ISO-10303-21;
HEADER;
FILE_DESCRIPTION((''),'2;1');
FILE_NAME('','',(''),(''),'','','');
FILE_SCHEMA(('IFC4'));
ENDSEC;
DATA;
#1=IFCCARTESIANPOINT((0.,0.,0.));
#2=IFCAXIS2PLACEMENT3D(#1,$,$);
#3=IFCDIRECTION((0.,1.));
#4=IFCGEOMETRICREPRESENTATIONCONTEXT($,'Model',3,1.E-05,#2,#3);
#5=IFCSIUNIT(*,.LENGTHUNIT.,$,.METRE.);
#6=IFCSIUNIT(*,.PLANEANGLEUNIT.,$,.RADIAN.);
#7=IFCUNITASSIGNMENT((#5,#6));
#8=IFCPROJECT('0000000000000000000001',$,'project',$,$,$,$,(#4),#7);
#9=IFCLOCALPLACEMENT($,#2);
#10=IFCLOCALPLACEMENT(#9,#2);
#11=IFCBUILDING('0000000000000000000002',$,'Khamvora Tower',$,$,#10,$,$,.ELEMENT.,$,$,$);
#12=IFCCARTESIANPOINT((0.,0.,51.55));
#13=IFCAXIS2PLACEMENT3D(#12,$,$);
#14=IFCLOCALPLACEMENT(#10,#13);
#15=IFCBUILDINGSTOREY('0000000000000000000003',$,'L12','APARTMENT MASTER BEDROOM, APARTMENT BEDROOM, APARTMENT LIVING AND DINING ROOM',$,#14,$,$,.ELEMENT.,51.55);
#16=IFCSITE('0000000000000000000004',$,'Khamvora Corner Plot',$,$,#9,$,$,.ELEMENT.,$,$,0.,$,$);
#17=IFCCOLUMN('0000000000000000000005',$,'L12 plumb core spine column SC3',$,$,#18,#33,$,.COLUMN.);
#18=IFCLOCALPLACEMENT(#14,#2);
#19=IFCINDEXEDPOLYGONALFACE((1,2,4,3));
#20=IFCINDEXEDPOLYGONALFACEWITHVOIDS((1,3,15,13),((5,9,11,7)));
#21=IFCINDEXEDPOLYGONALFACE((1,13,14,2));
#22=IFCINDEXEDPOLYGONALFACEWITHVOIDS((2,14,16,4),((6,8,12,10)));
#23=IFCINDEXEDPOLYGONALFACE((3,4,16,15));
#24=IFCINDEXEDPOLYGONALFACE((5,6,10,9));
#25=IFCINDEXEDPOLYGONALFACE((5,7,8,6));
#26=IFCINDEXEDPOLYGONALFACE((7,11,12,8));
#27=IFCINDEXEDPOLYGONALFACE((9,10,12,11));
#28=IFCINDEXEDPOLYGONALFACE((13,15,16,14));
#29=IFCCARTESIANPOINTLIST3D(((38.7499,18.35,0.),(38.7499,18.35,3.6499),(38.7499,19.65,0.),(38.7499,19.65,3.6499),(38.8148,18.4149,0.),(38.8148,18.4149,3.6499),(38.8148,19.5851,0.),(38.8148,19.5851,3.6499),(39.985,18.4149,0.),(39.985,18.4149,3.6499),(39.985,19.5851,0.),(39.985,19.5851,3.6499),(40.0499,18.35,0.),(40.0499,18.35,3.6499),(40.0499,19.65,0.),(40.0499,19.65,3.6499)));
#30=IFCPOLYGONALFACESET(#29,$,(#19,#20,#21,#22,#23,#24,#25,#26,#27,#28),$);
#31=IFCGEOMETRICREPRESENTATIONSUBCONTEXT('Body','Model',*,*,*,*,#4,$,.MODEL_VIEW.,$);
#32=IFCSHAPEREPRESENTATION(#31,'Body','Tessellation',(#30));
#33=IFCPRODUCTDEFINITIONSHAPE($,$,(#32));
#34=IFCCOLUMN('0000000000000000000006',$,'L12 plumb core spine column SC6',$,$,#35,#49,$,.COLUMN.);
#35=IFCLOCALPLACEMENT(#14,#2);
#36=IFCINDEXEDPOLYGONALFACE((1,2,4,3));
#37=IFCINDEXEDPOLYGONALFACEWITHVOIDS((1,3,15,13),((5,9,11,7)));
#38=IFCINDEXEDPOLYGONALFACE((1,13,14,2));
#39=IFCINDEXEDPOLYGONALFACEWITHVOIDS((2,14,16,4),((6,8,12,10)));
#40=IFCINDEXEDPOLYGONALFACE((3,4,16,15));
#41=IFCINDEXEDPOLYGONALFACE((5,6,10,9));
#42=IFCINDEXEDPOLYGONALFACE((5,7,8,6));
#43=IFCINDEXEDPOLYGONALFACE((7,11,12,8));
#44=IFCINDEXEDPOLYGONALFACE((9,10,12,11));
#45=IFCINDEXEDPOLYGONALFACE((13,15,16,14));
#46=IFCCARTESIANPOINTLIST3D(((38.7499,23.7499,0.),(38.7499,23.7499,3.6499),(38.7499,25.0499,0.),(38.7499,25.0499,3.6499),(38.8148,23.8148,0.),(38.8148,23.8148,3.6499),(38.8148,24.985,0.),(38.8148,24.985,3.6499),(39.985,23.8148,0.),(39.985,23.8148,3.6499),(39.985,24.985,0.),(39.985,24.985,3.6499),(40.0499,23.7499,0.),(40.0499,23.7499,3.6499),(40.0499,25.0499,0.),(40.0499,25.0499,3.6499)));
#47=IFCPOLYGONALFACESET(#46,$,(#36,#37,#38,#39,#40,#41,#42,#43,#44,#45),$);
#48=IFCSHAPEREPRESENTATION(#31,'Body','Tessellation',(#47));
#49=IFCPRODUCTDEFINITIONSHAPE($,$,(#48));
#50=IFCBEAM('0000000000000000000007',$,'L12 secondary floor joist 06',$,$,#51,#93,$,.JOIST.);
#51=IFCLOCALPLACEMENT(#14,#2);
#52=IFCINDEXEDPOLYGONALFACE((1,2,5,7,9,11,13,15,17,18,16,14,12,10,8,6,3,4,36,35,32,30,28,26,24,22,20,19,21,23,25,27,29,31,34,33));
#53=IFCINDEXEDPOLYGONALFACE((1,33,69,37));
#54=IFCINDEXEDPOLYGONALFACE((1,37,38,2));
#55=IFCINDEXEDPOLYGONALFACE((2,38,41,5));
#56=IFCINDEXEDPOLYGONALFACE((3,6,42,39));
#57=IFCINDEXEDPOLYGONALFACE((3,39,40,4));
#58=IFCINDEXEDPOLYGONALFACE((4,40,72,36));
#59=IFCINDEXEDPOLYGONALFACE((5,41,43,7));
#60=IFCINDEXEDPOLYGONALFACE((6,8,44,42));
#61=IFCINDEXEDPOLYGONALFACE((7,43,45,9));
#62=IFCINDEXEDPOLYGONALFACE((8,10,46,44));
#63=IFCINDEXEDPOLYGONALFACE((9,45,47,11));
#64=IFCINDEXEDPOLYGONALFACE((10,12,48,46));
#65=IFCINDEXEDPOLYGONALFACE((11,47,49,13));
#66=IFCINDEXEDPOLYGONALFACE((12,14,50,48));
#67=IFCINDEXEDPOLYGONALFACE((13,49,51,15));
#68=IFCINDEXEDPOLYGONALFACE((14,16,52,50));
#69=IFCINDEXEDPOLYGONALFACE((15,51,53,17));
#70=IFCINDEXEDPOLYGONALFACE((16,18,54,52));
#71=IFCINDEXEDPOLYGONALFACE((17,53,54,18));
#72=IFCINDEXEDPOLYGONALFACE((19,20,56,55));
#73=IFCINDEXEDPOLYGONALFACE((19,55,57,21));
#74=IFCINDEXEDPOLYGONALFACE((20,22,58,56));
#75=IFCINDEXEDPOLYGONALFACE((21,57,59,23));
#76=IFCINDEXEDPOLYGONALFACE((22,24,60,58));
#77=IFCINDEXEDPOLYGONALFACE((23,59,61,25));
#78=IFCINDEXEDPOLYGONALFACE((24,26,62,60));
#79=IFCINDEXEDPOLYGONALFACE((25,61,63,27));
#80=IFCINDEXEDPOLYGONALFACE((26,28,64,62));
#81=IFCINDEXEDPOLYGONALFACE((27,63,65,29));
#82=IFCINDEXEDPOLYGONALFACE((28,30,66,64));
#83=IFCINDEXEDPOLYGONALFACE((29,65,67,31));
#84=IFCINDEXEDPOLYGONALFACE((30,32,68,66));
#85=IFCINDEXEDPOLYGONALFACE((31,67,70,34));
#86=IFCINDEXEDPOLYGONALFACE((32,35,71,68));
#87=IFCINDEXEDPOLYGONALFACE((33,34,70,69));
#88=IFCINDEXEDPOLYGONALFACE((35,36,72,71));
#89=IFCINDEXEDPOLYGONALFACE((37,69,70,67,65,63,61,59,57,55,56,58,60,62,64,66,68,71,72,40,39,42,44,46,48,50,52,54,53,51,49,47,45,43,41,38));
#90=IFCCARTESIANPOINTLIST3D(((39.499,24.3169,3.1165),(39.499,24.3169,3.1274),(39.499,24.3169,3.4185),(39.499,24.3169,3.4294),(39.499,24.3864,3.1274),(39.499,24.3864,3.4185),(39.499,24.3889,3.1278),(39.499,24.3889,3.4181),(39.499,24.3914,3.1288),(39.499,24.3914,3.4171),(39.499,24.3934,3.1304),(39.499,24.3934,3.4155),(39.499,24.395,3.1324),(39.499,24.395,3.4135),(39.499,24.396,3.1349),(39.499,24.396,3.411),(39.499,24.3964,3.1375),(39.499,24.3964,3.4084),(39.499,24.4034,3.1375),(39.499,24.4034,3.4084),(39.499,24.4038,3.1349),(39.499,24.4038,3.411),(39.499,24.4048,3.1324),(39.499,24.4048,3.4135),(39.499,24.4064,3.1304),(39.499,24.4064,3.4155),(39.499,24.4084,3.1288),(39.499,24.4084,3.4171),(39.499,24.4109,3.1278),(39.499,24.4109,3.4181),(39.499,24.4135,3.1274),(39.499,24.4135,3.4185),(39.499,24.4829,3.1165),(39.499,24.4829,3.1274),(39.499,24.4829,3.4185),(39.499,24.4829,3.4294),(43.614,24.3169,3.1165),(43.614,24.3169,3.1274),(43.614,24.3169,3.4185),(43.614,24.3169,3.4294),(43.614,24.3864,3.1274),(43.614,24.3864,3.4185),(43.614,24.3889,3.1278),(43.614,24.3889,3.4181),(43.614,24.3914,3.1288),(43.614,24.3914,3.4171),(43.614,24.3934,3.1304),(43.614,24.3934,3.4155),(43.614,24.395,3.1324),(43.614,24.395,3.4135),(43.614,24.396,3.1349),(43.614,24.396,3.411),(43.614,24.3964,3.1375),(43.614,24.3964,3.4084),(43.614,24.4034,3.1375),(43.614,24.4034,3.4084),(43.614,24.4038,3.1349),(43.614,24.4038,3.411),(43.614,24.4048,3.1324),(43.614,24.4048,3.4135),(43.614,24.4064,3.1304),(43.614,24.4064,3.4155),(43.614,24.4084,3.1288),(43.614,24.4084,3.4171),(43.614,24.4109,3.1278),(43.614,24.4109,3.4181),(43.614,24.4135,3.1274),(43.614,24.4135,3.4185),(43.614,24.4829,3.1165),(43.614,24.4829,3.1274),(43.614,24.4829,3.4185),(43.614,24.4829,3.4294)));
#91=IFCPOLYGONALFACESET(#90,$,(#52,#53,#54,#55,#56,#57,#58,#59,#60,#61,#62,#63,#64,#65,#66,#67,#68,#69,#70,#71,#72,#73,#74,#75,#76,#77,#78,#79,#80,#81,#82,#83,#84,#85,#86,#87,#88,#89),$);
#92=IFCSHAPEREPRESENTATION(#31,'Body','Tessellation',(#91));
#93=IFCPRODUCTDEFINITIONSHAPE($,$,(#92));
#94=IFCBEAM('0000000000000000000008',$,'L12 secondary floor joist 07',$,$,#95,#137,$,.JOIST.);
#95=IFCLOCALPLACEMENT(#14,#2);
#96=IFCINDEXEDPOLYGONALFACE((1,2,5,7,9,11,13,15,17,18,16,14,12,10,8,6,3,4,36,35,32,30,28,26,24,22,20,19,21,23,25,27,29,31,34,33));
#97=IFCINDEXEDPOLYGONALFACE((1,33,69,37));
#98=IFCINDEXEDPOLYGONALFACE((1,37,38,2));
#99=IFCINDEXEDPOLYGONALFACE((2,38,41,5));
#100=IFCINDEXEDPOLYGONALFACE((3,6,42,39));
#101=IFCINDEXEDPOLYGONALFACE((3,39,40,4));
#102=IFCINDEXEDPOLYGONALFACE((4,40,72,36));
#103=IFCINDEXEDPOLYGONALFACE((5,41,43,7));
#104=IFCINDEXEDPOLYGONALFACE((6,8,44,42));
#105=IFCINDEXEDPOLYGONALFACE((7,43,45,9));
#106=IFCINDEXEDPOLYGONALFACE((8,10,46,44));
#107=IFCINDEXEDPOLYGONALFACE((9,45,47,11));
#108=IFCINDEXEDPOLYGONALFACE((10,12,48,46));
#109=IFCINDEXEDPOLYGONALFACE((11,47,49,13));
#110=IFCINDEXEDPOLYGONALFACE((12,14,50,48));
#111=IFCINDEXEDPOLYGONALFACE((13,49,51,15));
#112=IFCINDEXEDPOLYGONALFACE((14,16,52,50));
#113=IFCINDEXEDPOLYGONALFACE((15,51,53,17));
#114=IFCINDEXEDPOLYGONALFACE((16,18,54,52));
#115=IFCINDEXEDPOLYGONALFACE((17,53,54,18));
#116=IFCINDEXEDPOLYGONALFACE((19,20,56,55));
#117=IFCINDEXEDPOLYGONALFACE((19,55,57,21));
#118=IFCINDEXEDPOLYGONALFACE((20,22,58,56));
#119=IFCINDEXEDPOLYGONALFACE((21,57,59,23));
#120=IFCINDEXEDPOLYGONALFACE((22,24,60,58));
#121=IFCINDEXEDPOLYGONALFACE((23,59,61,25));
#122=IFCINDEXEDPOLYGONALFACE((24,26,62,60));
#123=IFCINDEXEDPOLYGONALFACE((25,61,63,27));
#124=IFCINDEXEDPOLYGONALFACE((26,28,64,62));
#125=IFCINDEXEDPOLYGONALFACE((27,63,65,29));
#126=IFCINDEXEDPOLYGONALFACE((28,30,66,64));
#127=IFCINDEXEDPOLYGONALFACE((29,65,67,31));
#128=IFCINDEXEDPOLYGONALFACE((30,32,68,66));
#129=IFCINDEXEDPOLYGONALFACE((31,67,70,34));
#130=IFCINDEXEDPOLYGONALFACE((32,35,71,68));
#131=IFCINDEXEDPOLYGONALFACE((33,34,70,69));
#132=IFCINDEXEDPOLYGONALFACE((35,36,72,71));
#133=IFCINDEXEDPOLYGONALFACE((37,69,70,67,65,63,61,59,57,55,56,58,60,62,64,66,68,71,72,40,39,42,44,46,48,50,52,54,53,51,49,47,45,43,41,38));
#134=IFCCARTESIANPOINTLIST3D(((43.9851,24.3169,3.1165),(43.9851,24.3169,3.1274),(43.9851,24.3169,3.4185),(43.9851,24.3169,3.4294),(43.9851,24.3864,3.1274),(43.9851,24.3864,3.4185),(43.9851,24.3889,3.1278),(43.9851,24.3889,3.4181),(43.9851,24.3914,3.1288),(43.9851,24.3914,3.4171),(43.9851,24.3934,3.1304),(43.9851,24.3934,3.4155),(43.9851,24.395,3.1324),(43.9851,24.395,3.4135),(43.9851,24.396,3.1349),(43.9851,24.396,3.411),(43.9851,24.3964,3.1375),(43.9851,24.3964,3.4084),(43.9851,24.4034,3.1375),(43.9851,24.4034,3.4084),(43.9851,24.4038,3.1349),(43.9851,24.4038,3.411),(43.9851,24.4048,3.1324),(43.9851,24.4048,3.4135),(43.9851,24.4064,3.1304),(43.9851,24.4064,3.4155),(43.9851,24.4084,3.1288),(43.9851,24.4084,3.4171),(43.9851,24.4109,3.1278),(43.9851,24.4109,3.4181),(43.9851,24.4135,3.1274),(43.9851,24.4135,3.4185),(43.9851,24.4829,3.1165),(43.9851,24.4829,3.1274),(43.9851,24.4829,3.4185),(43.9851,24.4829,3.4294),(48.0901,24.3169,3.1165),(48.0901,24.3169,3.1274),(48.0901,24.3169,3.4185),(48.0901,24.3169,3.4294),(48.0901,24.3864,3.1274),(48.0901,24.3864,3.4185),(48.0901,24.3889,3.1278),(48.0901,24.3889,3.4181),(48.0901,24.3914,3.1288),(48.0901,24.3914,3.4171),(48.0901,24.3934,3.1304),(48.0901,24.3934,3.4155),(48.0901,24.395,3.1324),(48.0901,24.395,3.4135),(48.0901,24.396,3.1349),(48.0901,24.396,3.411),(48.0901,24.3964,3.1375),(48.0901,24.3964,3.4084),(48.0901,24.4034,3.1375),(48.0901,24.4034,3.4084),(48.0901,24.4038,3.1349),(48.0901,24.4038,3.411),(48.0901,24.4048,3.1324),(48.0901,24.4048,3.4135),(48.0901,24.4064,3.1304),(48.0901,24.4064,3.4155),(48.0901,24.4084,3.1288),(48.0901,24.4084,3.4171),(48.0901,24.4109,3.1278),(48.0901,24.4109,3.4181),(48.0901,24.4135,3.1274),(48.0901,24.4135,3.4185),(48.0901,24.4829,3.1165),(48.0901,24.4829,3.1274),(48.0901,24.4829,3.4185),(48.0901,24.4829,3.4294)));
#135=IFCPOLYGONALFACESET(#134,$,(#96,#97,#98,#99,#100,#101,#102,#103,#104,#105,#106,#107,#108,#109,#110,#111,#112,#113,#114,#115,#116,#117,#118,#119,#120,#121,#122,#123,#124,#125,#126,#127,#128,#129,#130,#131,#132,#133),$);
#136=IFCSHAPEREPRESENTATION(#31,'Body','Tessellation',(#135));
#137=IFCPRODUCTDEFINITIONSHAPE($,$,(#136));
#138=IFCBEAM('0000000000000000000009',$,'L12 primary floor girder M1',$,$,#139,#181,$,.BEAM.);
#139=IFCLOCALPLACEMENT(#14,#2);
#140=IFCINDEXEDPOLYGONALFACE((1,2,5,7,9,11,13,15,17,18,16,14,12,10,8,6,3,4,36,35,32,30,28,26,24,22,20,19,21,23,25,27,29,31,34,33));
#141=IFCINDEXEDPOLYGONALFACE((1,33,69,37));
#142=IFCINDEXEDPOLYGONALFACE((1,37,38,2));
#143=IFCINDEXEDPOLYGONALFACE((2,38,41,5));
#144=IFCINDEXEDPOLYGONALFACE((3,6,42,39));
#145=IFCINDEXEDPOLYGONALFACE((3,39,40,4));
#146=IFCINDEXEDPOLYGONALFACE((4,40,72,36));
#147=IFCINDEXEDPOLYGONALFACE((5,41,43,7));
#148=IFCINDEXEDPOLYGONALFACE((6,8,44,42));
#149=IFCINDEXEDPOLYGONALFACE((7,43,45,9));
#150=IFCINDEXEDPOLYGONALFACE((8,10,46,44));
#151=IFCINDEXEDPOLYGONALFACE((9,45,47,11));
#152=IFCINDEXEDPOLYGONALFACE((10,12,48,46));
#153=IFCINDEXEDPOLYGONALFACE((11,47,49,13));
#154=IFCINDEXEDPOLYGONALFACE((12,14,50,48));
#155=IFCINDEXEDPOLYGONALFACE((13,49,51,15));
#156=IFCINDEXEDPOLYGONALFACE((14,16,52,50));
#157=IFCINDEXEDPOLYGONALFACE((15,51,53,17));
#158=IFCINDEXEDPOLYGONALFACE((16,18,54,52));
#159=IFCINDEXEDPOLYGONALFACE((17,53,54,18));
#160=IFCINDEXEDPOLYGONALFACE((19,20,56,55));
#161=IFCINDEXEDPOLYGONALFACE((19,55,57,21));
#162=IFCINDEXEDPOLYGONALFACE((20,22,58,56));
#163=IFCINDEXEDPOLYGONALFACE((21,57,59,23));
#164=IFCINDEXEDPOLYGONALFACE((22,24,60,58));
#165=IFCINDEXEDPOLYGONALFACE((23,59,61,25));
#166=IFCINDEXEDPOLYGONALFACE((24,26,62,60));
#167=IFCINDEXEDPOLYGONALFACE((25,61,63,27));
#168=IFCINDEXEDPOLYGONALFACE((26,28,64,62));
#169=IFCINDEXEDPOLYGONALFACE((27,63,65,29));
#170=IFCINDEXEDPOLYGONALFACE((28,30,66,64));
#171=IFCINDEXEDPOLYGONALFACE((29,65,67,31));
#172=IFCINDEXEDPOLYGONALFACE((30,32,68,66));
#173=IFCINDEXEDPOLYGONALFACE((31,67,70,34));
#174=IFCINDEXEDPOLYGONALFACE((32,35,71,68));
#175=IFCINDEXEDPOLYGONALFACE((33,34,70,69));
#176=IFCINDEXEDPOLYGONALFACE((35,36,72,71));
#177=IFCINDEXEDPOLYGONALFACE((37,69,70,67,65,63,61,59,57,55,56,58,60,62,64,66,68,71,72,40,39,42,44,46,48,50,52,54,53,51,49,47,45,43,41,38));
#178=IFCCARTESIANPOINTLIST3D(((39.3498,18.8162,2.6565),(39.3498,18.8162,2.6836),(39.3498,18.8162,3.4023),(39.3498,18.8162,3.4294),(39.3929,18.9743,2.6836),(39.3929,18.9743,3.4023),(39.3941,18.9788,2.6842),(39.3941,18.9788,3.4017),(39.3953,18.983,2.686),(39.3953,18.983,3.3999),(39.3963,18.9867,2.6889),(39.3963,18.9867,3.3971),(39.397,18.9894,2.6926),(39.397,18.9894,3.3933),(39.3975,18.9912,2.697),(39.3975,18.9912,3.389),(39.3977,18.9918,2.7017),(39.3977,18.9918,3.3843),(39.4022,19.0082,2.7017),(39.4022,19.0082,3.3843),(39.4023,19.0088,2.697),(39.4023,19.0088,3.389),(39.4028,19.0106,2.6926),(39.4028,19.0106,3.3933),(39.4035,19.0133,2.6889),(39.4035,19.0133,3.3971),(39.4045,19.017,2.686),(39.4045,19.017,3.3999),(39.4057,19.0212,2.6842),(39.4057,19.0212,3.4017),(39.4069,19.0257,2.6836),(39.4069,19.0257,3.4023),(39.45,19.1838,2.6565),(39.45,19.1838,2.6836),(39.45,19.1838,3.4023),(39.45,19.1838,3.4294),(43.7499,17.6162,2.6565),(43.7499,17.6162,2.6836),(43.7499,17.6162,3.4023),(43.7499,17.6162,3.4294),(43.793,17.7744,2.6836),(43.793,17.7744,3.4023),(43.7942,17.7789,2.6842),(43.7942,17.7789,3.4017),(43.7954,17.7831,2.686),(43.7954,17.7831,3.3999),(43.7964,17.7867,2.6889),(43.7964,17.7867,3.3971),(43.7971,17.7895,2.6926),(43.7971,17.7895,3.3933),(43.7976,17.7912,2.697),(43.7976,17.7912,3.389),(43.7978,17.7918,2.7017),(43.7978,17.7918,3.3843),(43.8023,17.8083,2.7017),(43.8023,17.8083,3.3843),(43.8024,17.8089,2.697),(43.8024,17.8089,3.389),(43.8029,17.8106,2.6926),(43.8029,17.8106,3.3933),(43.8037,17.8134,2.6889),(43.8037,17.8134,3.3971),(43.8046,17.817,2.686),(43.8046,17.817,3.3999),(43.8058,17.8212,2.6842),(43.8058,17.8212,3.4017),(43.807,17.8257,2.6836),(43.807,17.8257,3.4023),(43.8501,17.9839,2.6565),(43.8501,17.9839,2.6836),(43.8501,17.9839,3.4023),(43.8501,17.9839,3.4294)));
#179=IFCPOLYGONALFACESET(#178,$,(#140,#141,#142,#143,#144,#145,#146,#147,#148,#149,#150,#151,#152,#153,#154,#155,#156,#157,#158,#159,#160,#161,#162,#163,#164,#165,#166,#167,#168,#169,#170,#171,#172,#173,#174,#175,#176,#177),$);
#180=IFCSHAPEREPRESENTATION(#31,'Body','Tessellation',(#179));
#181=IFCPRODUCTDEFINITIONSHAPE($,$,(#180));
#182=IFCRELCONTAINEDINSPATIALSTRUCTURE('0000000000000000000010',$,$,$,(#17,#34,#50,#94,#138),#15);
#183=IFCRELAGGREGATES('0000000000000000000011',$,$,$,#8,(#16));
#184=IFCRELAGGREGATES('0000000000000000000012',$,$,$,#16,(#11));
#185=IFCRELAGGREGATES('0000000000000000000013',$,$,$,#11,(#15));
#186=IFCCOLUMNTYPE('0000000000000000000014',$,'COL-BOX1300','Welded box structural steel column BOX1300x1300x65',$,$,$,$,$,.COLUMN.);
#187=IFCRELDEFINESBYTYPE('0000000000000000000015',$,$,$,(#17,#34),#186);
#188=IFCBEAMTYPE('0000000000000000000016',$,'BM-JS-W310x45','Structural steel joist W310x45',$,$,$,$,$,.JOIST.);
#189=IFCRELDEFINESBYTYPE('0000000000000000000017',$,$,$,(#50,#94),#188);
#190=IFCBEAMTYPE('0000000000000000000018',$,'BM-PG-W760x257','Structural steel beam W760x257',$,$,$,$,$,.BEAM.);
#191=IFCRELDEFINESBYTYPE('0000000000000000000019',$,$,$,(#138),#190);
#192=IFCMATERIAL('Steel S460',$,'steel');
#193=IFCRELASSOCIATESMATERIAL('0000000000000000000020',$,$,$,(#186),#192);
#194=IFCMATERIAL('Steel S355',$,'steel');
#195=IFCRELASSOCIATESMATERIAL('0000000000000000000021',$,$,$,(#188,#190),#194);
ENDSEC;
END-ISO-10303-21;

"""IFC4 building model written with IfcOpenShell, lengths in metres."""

from ifc_helpers import new_model, si_unit, direction, frame, origin, origin_2d, place, context, subcontext, project, spatial, hollow_rectangle, i_section, extrude, material, material_profile, profile_set, type_object, element, save


model = new_model("IFC4")

# Units and contexts
model_context = context("Model", 3, precision=1e-05, world=origin(), true_north=direction((0.0, 1.0)))
body_context = subcontext(model_context, "Body", "Model", "MODEL_VIEW")
ifc_project = project(units=[si_unit("LENGTHUNIT", "METRE"), si_unit("PLANEANGLEUNIT", "RADIAN")], contexts=[model_context])

# Site, building, storey
site_placement = place(None, origin())
site = spatial("IfcSite", under=ifc_project, at=site_placement, Name="Khamvora Corner Plot", CompositionType="ELEMENT", RefElevation=0.0)
building_placement = place(site_placement, origin())
building = spatial("IfcBuilding", under=site, at=building_placement, Name="Khamvora Tower", CompositionType="ELEMENT")
storey_placement = place(building_placement, frame((0.0, 0.0, 51.55)))
storey = spatial("IfcBuildingStorey", under=building, at=storey_placement, Name="L12", Description="APARTMENT MASTER BEDROOM, APARTMENT BEDROOM, APARTMENT LIVING AND DINING ROOM", CompositionType="ELEMENT", Elevation=51.55)

# Columns
ifc_material_1 = material(Name="Steel S460", Category="steel")
ifc_material_profile_1 = material_profile(ifc_material_1, hollow_rectangle(XDim=1.3, YDim=1.3, WallThickness=0.0649, at=origin_2d()), Name="BOX1300x1300x65")
ifc_profile_set_1 = profile_set([ifc_material_profile_1], Name="Steel S460")
column_type = type_object("IfcColumnType", Name="COL-BOX1300", Description="Welded box structural steel column BOX1300x1300x65", PredefinedType="COLUMN", material=ifc_profile_set_1)
for number, where, z_axis, x_axis, name in (
    (1, (39.3999, 19.0, 0.0), (0.0, 0.0, 1.0), (1.0, 0.0, 0.0), "L12 plumb core spine column SC3"),
    (2, (39.3999, 24.3999, 0.0), (0.0, 0.0, 1.0), (1.0, 0.0, 0.0), "L12 plumb core spine column SC6"),
):
    element("IfcColumn", number, at=place(storey_placement, frame(where, z_axis=z_axis, x_axis=x_axis)), inside=storey, type_object=column_type, Name=name, PredefinedType="COLUMN", context=body_context, shape_type="SweptSolid", body=[
        extrude(hollow_rectangle(XDim=1.3, YDim=1.3, WallThickness=0.0649, at=origin_2d()), origin(), (0.0, 0.0, 1.0), 3.6499),
    ])

# Beams
ifc_material_2 = material(Name="Steel S355", Category="steel")
ifc_material_profile_2 = material_profile(ifc_material_2, i_section(OverallWidth=0.166, OverallDepth=0.313, WebThickness=0.0071, FlangeThickness=0.011, FilletRadius=0.01, at=origin_2d()), Name="W310x45")
ifc_profile_set_2 = profile_set([ifc_material_profile_2], Name="Steel S355")
beam_type_1 = type_object("IfcBeamType", Name="BM-JS-W310x45", Description="Structural steel joist W310x45", PredefinedType="JOIST", material=ifc_profile_set_2)
beam_1_placement = place(storey_placement, frame((39.499, 24.3999, 3.2729), z_axis=(1.0, 0.0, 0.0), x_axis=(0.0, 1.0, 0.0)))
element("IfcBeam", 3, at=beam_1_placement, inside=storey, type_object=beam_type_1, Name="L12 secondary floor joist 06", PredefinedType="JOIST", context=body_context, shape_type="SweptSolid", body=[
    extrude(i_section(OverallWidth=0.166, OverallDepth=0.313, WebThickness=0.0071, FlangeThickness=0.011, FilletRadius=0.01, at=origin_2d()), origin(), (0.0, 0.0, 1.0), 4.115),
])
beam_2_placement = place(storey_placement, frame((43.9851, 24.3999, 3.2729), z_axis=(1.0, 0.0, 0.0), x_axis=(0.0, 1.0, 0.0)))
element("IfcBeam", 4, at=beam_2_placement, inside=storey, type_object=beam_type_1, Name="L12 secondary floor joist 07", PredefinedType="JOIST", context=body_context, shape_type="SweptSolid", body=[
    extrude(i_section(OverallWidth=0.166, OverallDepth=0.313, WebThickness=0.0071, FlangeThickness=0.011, FilletRadius=0.01, at=origin_2d()), origin(), (0.0, 0.0, 1.0), 4.105),
])
ifc_material_profile_3 = material_profile(ifc_material_2, i_section(OverallWidth=0.3811, OverallDepth=0.7729, WebThickness=0.0171, FlangeThickness=0.0271, FilletRadius=0.0181, at=origin_2d()), Name="W760x257")
ifc_profile_set_3 = profile_set([ifc_material_profile_3], Name="Steel S355")
beam_type_2 = type_object("IfcBeamType", Name="BM-PG-W760x257", Description="Structural steel beam W760x257", PredefinedType="BEAM", material=ifc_profile_set_3)
beam_3_placement = place(storey_placement, frame((39.3999, 19.0, 3.043), z_axis=(0.964769, -0.263099, 0.0), x_axis=(0.263099, 0.964769, 0.0)))
element("IfcBeam", 5, at=beam_3_placement, inside=storey, type_object=beam_type_2, Name="L12 primary floor girder M1", PredefinedType="BEAM", context=body_context, shape_type="SweptSolid", body=[
    extrude(i_section(OverallWidth=0.3811, OverallDepth=0.7729, WebThickness=0.0171, FlangeThickness=0.0271, FilletRadius=0.0181, at=origin_2d()), origin(), (0.0, 0.0, 1.0), 4.5608),
])

save(model, "model.ifc")
